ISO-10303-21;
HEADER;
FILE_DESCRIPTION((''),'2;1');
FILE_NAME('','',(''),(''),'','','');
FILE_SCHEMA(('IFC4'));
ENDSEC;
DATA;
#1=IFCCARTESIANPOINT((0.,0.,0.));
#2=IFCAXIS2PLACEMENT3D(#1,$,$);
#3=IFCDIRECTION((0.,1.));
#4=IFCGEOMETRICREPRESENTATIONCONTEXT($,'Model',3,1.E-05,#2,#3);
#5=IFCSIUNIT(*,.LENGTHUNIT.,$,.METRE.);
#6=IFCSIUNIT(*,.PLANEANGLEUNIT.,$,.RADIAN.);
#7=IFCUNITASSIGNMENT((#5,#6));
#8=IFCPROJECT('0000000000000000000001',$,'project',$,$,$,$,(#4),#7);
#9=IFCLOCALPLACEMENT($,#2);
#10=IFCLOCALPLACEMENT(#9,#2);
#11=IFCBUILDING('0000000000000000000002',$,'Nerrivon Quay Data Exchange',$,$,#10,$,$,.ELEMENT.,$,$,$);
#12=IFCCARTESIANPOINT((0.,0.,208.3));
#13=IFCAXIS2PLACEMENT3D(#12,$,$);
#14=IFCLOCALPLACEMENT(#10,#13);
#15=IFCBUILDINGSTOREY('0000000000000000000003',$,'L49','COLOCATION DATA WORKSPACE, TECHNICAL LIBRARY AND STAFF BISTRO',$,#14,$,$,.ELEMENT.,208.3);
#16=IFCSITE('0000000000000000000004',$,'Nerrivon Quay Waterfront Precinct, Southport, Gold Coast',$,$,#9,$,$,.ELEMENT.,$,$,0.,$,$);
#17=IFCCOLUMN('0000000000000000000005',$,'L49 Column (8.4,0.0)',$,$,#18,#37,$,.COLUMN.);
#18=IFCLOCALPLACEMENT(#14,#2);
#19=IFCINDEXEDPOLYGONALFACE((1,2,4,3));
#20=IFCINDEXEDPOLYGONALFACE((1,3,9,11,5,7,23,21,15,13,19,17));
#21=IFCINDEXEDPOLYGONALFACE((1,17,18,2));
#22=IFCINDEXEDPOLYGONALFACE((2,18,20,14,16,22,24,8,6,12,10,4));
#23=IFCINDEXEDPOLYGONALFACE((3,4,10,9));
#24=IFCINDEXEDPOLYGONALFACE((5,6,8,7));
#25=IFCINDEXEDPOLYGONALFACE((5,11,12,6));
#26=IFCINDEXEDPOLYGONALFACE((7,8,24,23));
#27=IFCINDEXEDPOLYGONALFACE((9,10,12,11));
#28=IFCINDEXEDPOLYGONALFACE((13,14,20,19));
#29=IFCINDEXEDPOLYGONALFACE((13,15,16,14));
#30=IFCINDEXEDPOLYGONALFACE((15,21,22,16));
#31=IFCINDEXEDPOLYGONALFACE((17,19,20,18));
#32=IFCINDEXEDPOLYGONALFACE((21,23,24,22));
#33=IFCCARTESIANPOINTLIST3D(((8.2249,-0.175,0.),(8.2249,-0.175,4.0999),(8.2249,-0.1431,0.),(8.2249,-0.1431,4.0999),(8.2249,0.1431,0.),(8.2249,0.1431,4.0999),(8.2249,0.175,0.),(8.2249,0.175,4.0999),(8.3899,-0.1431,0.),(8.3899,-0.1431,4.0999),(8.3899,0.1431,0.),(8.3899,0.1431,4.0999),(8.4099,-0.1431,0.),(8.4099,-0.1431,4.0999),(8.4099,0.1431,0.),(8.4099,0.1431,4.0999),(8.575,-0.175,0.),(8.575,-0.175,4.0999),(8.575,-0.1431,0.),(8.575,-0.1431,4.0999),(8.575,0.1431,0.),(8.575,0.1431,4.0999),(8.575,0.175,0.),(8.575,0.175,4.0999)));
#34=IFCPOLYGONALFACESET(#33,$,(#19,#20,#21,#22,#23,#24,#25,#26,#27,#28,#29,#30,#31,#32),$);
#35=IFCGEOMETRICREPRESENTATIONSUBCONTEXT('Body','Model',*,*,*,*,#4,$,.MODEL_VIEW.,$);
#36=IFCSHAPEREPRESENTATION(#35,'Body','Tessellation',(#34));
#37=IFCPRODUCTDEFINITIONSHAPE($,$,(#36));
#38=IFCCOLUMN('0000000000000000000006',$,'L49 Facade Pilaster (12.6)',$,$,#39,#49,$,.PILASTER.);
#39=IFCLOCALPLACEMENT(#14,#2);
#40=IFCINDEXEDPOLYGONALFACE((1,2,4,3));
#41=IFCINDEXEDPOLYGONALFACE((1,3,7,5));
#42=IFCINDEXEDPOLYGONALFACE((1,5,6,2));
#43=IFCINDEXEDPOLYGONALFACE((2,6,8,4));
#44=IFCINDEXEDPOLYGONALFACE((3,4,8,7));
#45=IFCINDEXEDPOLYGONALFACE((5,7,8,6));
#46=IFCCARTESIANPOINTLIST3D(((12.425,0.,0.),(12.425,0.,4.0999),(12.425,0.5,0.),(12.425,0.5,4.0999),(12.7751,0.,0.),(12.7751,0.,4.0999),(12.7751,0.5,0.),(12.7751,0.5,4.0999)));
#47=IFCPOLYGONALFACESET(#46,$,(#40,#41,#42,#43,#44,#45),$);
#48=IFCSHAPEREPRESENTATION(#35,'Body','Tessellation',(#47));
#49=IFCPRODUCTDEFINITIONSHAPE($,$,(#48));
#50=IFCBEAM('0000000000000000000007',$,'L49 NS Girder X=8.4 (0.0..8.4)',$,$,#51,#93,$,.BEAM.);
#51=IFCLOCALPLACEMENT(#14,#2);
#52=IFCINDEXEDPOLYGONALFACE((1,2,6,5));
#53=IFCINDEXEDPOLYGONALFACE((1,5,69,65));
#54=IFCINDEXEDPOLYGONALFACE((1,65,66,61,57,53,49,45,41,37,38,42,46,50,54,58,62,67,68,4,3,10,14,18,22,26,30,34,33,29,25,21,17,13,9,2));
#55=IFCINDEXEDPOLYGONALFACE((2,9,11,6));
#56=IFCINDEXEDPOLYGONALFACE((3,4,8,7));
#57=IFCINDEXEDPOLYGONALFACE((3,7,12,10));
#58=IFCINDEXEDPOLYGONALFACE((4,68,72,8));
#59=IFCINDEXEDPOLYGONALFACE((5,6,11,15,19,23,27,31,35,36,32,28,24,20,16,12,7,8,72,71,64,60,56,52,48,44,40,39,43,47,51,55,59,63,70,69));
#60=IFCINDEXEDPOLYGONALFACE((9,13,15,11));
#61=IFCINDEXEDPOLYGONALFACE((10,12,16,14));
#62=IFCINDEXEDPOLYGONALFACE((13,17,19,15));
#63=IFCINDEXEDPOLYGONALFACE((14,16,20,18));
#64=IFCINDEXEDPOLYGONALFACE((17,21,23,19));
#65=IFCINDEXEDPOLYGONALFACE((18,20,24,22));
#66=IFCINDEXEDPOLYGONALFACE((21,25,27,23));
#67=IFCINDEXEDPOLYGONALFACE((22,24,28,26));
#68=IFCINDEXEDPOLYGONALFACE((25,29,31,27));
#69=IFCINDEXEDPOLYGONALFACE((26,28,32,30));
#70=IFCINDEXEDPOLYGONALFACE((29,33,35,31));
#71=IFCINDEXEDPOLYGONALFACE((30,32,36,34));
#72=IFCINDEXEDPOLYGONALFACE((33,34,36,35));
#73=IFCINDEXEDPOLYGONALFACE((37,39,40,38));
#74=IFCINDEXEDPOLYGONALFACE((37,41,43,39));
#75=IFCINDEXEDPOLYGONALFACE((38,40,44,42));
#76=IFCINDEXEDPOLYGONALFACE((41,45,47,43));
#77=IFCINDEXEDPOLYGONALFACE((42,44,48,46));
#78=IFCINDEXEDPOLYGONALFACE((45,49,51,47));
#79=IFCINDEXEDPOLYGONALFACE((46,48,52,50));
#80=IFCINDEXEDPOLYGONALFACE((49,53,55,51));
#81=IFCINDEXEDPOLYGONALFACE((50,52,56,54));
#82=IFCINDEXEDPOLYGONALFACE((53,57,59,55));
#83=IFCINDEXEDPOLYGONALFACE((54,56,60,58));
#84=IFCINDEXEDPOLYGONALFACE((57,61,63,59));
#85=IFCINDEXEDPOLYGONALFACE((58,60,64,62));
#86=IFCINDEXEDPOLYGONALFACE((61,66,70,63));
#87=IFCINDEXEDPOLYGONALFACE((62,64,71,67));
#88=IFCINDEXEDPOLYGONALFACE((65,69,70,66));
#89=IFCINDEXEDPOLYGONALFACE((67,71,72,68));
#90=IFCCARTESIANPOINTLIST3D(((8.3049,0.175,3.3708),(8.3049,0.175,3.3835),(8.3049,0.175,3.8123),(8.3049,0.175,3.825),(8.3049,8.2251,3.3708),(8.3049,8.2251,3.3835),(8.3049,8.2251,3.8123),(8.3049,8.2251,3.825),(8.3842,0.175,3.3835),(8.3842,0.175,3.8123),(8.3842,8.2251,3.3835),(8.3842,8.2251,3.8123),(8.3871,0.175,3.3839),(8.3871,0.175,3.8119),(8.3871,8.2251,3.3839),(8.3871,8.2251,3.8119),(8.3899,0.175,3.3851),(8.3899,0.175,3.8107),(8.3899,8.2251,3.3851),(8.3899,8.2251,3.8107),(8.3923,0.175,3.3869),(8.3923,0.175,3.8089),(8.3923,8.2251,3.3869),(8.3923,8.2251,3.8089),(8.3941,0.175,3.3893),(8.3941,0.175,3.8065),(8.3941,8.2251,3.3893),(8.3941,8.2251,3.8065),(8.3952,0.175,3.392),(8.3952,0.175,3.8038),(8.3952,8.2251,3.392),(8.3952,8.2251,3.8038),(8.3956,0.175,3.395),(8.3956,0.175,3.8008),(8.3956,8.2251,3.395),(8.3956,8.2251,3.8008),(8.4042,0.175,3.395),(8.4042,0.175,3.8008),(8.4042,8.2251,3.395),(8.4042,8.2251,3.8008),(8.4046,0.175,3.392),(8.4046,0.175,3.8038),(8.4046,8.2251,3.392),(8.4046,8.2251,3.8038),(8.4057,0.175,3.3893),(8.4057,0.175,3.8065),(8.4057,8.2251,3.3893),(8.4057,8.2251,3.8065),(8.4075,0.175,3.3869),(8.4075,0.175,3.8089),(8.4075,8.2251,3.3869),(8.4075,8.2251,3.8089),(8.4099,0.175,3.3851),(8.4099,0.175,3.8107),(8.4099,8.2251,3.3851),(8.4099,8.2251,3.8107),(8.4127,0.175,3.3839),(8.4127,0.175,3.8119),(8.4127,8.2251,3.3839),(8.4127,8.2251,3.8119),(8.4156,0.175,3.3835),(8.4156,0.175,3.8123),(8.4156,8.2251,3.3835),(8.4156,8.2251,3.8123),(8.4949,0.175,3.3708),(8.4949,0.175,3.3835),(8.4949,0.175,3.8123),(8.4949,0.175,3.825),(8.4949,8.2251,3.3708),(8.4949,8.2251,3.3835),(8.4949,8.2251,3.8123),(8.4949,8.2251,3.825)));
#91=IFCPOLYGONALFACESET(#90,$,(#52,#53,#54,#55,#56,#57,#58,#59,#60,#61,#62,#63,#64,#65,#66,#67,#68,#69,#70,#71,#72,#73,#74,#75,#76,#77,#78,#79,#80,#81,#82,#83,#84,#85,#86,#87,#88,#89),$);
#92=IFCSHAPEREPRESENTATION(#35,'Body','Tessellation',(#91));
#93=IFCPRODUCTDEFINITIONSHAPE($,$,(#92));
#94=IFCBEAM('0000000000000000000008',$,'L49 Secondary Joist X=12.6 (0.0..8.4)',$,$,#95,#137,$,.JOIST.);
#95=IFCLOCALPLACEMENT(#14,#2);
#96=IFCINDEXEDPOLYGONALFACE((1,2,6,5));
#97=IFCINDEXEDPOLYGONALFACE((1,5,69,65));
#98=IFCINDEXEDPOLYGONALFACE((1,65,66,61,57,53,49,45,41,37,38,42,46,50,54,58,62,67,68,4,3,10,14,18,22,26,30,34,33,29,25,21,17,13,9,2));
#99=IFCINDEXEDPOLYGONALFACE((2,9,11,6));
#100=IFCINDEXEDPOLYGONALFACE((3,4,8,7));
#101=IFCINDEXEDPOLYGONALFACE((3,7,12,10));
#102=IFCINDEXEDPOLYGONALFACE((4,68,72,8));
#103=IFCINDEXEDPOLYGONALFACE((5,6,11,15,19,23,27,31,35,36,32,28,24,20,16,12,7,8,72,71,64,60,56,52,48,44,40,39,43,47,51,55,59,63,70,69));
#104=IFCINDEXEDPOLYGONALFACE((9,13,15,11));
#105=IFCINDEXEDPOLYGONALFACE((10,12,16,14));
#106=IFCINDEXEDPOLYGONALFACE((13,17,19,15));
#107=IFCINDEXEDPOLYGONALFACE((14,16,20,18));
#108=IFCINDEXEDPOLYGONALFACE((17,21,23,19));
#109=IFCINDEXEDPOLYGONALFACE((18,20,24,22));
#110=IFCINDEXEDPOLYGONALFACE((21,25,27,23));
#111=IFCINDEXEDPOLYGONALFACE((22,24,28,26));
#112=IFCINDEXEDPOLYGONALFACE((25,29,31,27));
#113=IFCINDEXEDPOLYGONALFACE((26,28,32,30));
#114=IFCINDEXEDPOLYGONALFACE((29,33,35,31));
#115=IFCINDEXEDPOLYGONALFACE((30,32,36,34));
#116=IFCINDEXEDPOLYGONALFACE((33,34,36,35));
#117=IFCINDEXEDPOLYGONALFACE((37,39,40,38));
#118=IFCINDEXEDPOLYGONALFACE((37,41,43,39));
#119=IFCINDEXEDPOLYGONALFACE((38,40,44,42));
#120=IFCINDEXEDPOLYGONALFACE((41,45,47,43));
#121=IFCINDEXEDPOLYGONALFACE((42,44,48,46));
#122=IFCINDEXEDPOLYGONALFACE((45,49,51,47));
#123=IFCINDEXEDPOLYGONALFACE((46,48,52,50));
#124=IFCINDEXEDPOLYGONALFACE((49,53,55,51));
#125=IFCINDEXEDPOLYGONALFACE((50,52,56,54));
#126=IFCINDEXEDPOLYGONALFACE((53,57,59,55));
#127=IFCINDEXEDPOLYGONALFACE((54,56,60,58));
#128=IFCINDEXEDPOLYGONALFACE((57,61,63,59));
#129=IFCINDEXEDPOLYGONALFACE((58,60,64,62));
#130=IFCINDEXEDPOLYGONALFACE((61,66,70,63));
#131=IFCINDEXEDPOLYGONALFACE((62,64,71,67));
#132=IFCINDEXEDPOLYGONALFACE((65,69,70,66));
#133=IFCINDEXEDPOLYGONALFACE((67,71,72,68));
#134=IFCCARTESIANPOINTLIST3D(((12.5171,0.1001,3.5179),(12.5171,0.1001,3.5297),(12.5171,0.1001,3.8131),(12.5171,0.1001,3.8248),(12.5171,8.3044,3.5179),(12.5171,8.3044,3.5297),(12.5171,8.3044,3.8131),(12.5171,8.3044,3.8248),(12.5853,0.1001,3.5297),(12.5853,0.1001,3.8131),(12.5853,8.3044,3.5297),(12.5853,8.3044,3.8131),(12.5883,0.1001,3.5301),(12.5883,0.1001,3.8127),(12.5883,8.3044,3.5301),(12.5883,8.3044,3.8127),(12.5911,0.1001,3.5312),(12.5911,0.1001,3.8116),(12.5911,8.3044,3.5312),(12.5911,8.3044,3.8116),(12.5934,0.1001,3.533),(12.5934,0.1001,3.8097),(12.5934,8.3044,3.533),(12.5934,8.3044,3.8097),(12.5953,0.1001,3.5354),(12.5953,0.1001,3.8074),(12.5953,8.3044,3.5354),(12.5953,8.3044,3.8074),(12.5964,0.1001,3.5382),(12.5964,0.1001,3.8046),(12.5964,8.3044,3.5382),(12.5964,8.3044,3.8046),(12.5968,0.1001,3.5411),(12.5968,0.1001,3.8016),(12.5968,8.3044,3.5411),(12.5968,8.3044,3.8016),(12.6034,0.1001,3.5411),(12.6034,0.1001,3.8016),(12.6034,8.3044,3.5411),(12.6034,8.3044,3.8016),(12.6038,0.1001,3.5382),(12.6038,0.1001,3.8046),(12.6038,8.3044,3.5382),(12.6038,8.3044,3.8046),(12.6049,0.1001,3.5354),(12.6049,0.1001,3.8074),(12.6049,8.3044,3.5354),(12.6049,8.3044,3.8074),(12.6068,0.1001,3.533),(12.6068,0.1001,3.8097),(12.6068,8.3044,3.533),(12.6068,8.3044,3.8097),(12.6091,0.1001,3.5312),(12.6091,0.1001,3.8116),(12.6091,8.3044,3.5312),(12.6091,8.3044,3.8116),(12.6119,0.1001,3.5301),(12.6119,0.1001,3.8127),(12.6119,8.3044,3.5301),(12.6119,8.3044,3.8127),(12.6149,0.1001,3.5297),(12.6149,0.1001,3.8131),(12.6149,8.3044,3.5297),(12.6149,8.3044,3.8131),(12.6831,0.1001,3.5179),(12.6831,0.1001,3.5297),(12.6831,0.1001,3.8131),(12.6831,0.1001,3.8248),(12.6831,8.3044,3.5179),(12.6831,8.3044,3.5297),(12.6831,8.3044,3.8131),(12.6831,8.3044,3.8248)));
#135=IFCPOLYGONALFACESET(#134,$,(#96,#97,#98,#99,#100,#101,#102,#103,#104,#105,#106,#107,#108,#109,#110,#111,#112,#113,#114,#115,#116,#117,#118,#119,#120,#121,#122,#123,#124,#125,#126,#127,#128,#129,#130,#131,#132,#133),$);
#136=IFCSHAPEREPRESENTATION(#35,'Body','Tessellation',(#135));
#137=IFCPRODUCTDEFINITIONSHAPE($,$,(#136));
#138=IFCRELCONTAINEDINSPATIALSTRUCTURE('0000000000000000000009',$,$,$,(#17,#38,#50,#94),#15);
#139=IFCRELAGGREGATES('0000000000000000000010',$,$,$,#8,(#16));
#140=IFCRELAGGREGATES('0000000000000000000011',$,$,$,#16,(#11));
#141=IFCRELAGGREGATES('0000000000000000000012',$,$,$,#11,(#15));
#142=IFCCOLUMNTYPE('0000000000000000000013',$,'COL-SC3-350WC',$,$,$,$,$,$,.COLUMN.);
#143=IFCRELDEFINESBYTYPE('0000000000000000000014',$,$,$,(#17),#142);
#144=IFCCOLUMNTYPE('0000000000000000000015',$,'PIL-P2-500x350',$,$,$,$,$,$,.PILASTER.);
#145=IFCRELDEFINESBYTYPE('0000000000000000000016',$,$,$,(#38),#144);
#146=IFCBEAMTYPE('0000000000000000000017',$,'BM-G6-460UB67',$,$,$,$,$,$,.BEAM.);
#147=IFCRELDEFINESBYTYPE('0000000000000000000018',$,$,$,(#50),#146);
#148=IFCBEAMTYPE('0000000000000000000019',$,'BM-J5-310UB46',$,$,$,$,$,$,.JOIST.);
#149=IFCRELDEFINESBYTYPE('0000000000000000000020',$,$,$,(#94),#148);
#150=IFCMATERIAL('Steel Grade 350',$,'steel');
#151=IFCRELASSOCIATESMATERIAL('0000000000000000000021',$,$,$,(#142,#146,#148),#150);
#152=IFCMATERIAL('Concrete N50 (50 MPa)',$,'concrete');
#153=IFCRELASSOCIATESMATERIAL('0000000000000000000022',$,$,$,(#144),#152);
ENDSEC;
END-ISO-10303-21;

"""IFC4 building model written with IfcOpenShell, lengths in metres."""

from ifc_helpers import new_model, si_unit, direction, frame, origin, origin_2d, place, context, subcontext, project, spatial, rectangle, i_section, extrude, material, material_profile, profile_set, type_object, element, save


model = new_model("IFC4")

# Units and contexts
model_context = context("Model", 3, precision=1e-05, world=origin(), true_north=direction((0.0, 1.0)))
body_context = subcontext(model_context, "Body", "Model", "MODEL_VIEW")
ifc_project = project(units=[si_unit("LENGTHUNIT", "METRE"), si_unit("PLANEANGLEUNIT", "RADIAN")], contexts=[model_context])

# Site, building, storey
site_placement = place(None, origin())
site = spatial("IfcSite", under=ifc_project, at=site_placement, Name="Nerrivon Quay Waterfront Precinct, Southport, Gold Coast", CompositionType="ELEMENT", RefElevation=0.0)
building_placement = place(site_placement, origin())
building = spatial("IfcBuilding", under=site, at=building_placement, Name="Nerrivon Quay Data Exchange", CompositionType="ELEMENT")
storey_placement = place(building_placement, frame((0.0, 0.0, 208.3)))
storey = spatial("IfcBuildingStorey", under=building, at=storey_placement, Name="L49", Description="COLOCATION DATA WORKSPACE, TECHNICAL LIBRARY AND STAFF BISTRO", CompositionType="ELEMENT", Elevation=208.3)

# Columns
ifc_material_1 = material(Name="Steel Grade 350", Category="steel")
ifc_material_profile_1 = material_profile(ifc_material_1, i_section(OverallWidth=0.3501, OverallDepth=0.3501, WebThickness=0.02, FlangeThickness=0.032, at=origin_2d()), Name="350WC230")
ifc_profile_set_1 = profile_set([ifc_material_profile_1], Name="Steel Grade 350")
column_type_1 = type_object("IfcColumnType", Name="COL-SC3-350WC", PredefinedType="COLUMN", material=ifc_profile_set_1)
column_1_placement = place(storey_placement, frame((8.3999, 0.0, 0.0), z_axis=(0.0, 0.0, 1.0), x_axis=(1.0, 0.0, 0.0)))
element("IfcColumn", 1, at=column_1_placement, inside=storey, type_object=column_type_1, Name="L49 Column (8.4,0.0)", PredefinedType="COLUMN", context=body_context, shape_type="SweptSolid", body=[
    extrude(i_section(OverallWidth=0.3501, OverallDepth=0.3501, WebThickness=0.02, FlangeThickness=0.032, at=origin_2d()), origin(), (0.0, 0.0, 1.0), 4.0999),
])
ifc_material_2 = material(Name="Concrete N50 (50 MPa)", Category="concrete")
ifc_material_profile_2 = material_profile(ifc_material_2, rectangle(XDim=0.3501, YDim=0.5, at=origin_2d()), Name="RC-PIL-500x350")
ifc_profile_set_2 = profile_set([ifc_material_profile_2], Name="Concrete N50 (50 MPa)")
column_type_2 = type_object("IfcColumnType", Name="PIL-P2-500x350", PredefinedType="PILASTER", material=ifc_profile_set_2)
column_2_placement = place(storey_placement, frame((12.6001, 0.25, 0.0), z_axis=(0.0, 0.0, 1.0), x_axis=(1.0, 0.0, 0.0)))
element("IfcColumn", 2, at=column_2_placement, inside=storey, type_object=column_type_2, Name="L49 Facade Pilaster (12.6)", PredefinedType="PILASTER", context=body_context, shape_type="SweptSolid", body=[
    extrude(rectangle(XDim=0.3501, YDim=0.5, at=origin_2d()), origin(), (0.0, 0.0, 1.0), 4.0999),
])

# Beams
ifc_material_profile_3 = material_profile(ifc_material_1, i_section(OverallWidth=0.1899, OverallDepth=0.4541, WebThickness=0.0085, FlangeThickness=0.0127, FilletRadius=0.0115, at=origin_2d()), Name="460UB67.1")
ifc_profile_set_3 = profile_set([ifc_material_profile_3], Name="Steel Grade 350")
beam_type_1 = type_object("IfcBeamType", Name="BM-G6-460UB67", PredefinedType="BEAM", material=ifc_profile_set_3)
beam_1_placement = place(storey_placement, frame((8.3999, 0.175, 3.5979), z_axis=(0.0, 1.0, 0.0), x_axis=(-1.0, 0.0, 0.0)))
element("IfcBeam", 3, at=beam_1_placement, inside=storey, type_object=beam_type_1, Name="L49 NS Girder X=8.4 (0.0..8.4)", PredefinedType="BEAM", context=body_context, shape_type="SweptSolid", body=[
    extrude(i_section(OverallWidth=0.1899, OverallDepth=0.4541, WebThickness=0.0085, FlangeThickness=0.0127, FilletRadius=0.0115, at=origin_2d()), origin(), (0.0, 0.0, 1.0), 8.05),
])
ifc_material_profile_4 = material_profile(ifc_material_1, i_section(OverallWidth=0.166, OverallDepth=0.3069, WebThickness=0.0066, FlangeThickness=0.0117, FilletRadius=0.0115, at=origin_2d()), Name="310UB46.2")
ifc_profile_set_4 = profile_set([ifc_material_profile_4], Name="Steel Grade 350")
beam_type_2 = type_object("IfcBeamType", Name="BM-J5-310UB46", PredefinedType="JOIST", material=ifc_profile_set_4)
beam_2_placement = place(storey_placement, frame((12.6001, 0.1001, 3.6714), z_axis=(0.0, 1.0, 0.0), x_axis=(-1.0, 0.0, 0.0)))
element("IfcBeam", 4, at=beam_2_placement, inside=storey, type_object=beam_type_2, Name="L49 Secondary Joist X=12.6 (0.0..8.4)", PredefinedType="JOIST", context=body_context, shape_type="SweptSolid", body=[
    extrude(i_section(OverallWidth=0.166, OverallDepth=0.3069, WebThickness=0.0066, FlangeThickness=0.0117, FilletRadius=0.0115, at=origin_2d()), origin(), (0.0, 0.0, 1.0), 8.2043),
])

save(model, "model.ifc")
